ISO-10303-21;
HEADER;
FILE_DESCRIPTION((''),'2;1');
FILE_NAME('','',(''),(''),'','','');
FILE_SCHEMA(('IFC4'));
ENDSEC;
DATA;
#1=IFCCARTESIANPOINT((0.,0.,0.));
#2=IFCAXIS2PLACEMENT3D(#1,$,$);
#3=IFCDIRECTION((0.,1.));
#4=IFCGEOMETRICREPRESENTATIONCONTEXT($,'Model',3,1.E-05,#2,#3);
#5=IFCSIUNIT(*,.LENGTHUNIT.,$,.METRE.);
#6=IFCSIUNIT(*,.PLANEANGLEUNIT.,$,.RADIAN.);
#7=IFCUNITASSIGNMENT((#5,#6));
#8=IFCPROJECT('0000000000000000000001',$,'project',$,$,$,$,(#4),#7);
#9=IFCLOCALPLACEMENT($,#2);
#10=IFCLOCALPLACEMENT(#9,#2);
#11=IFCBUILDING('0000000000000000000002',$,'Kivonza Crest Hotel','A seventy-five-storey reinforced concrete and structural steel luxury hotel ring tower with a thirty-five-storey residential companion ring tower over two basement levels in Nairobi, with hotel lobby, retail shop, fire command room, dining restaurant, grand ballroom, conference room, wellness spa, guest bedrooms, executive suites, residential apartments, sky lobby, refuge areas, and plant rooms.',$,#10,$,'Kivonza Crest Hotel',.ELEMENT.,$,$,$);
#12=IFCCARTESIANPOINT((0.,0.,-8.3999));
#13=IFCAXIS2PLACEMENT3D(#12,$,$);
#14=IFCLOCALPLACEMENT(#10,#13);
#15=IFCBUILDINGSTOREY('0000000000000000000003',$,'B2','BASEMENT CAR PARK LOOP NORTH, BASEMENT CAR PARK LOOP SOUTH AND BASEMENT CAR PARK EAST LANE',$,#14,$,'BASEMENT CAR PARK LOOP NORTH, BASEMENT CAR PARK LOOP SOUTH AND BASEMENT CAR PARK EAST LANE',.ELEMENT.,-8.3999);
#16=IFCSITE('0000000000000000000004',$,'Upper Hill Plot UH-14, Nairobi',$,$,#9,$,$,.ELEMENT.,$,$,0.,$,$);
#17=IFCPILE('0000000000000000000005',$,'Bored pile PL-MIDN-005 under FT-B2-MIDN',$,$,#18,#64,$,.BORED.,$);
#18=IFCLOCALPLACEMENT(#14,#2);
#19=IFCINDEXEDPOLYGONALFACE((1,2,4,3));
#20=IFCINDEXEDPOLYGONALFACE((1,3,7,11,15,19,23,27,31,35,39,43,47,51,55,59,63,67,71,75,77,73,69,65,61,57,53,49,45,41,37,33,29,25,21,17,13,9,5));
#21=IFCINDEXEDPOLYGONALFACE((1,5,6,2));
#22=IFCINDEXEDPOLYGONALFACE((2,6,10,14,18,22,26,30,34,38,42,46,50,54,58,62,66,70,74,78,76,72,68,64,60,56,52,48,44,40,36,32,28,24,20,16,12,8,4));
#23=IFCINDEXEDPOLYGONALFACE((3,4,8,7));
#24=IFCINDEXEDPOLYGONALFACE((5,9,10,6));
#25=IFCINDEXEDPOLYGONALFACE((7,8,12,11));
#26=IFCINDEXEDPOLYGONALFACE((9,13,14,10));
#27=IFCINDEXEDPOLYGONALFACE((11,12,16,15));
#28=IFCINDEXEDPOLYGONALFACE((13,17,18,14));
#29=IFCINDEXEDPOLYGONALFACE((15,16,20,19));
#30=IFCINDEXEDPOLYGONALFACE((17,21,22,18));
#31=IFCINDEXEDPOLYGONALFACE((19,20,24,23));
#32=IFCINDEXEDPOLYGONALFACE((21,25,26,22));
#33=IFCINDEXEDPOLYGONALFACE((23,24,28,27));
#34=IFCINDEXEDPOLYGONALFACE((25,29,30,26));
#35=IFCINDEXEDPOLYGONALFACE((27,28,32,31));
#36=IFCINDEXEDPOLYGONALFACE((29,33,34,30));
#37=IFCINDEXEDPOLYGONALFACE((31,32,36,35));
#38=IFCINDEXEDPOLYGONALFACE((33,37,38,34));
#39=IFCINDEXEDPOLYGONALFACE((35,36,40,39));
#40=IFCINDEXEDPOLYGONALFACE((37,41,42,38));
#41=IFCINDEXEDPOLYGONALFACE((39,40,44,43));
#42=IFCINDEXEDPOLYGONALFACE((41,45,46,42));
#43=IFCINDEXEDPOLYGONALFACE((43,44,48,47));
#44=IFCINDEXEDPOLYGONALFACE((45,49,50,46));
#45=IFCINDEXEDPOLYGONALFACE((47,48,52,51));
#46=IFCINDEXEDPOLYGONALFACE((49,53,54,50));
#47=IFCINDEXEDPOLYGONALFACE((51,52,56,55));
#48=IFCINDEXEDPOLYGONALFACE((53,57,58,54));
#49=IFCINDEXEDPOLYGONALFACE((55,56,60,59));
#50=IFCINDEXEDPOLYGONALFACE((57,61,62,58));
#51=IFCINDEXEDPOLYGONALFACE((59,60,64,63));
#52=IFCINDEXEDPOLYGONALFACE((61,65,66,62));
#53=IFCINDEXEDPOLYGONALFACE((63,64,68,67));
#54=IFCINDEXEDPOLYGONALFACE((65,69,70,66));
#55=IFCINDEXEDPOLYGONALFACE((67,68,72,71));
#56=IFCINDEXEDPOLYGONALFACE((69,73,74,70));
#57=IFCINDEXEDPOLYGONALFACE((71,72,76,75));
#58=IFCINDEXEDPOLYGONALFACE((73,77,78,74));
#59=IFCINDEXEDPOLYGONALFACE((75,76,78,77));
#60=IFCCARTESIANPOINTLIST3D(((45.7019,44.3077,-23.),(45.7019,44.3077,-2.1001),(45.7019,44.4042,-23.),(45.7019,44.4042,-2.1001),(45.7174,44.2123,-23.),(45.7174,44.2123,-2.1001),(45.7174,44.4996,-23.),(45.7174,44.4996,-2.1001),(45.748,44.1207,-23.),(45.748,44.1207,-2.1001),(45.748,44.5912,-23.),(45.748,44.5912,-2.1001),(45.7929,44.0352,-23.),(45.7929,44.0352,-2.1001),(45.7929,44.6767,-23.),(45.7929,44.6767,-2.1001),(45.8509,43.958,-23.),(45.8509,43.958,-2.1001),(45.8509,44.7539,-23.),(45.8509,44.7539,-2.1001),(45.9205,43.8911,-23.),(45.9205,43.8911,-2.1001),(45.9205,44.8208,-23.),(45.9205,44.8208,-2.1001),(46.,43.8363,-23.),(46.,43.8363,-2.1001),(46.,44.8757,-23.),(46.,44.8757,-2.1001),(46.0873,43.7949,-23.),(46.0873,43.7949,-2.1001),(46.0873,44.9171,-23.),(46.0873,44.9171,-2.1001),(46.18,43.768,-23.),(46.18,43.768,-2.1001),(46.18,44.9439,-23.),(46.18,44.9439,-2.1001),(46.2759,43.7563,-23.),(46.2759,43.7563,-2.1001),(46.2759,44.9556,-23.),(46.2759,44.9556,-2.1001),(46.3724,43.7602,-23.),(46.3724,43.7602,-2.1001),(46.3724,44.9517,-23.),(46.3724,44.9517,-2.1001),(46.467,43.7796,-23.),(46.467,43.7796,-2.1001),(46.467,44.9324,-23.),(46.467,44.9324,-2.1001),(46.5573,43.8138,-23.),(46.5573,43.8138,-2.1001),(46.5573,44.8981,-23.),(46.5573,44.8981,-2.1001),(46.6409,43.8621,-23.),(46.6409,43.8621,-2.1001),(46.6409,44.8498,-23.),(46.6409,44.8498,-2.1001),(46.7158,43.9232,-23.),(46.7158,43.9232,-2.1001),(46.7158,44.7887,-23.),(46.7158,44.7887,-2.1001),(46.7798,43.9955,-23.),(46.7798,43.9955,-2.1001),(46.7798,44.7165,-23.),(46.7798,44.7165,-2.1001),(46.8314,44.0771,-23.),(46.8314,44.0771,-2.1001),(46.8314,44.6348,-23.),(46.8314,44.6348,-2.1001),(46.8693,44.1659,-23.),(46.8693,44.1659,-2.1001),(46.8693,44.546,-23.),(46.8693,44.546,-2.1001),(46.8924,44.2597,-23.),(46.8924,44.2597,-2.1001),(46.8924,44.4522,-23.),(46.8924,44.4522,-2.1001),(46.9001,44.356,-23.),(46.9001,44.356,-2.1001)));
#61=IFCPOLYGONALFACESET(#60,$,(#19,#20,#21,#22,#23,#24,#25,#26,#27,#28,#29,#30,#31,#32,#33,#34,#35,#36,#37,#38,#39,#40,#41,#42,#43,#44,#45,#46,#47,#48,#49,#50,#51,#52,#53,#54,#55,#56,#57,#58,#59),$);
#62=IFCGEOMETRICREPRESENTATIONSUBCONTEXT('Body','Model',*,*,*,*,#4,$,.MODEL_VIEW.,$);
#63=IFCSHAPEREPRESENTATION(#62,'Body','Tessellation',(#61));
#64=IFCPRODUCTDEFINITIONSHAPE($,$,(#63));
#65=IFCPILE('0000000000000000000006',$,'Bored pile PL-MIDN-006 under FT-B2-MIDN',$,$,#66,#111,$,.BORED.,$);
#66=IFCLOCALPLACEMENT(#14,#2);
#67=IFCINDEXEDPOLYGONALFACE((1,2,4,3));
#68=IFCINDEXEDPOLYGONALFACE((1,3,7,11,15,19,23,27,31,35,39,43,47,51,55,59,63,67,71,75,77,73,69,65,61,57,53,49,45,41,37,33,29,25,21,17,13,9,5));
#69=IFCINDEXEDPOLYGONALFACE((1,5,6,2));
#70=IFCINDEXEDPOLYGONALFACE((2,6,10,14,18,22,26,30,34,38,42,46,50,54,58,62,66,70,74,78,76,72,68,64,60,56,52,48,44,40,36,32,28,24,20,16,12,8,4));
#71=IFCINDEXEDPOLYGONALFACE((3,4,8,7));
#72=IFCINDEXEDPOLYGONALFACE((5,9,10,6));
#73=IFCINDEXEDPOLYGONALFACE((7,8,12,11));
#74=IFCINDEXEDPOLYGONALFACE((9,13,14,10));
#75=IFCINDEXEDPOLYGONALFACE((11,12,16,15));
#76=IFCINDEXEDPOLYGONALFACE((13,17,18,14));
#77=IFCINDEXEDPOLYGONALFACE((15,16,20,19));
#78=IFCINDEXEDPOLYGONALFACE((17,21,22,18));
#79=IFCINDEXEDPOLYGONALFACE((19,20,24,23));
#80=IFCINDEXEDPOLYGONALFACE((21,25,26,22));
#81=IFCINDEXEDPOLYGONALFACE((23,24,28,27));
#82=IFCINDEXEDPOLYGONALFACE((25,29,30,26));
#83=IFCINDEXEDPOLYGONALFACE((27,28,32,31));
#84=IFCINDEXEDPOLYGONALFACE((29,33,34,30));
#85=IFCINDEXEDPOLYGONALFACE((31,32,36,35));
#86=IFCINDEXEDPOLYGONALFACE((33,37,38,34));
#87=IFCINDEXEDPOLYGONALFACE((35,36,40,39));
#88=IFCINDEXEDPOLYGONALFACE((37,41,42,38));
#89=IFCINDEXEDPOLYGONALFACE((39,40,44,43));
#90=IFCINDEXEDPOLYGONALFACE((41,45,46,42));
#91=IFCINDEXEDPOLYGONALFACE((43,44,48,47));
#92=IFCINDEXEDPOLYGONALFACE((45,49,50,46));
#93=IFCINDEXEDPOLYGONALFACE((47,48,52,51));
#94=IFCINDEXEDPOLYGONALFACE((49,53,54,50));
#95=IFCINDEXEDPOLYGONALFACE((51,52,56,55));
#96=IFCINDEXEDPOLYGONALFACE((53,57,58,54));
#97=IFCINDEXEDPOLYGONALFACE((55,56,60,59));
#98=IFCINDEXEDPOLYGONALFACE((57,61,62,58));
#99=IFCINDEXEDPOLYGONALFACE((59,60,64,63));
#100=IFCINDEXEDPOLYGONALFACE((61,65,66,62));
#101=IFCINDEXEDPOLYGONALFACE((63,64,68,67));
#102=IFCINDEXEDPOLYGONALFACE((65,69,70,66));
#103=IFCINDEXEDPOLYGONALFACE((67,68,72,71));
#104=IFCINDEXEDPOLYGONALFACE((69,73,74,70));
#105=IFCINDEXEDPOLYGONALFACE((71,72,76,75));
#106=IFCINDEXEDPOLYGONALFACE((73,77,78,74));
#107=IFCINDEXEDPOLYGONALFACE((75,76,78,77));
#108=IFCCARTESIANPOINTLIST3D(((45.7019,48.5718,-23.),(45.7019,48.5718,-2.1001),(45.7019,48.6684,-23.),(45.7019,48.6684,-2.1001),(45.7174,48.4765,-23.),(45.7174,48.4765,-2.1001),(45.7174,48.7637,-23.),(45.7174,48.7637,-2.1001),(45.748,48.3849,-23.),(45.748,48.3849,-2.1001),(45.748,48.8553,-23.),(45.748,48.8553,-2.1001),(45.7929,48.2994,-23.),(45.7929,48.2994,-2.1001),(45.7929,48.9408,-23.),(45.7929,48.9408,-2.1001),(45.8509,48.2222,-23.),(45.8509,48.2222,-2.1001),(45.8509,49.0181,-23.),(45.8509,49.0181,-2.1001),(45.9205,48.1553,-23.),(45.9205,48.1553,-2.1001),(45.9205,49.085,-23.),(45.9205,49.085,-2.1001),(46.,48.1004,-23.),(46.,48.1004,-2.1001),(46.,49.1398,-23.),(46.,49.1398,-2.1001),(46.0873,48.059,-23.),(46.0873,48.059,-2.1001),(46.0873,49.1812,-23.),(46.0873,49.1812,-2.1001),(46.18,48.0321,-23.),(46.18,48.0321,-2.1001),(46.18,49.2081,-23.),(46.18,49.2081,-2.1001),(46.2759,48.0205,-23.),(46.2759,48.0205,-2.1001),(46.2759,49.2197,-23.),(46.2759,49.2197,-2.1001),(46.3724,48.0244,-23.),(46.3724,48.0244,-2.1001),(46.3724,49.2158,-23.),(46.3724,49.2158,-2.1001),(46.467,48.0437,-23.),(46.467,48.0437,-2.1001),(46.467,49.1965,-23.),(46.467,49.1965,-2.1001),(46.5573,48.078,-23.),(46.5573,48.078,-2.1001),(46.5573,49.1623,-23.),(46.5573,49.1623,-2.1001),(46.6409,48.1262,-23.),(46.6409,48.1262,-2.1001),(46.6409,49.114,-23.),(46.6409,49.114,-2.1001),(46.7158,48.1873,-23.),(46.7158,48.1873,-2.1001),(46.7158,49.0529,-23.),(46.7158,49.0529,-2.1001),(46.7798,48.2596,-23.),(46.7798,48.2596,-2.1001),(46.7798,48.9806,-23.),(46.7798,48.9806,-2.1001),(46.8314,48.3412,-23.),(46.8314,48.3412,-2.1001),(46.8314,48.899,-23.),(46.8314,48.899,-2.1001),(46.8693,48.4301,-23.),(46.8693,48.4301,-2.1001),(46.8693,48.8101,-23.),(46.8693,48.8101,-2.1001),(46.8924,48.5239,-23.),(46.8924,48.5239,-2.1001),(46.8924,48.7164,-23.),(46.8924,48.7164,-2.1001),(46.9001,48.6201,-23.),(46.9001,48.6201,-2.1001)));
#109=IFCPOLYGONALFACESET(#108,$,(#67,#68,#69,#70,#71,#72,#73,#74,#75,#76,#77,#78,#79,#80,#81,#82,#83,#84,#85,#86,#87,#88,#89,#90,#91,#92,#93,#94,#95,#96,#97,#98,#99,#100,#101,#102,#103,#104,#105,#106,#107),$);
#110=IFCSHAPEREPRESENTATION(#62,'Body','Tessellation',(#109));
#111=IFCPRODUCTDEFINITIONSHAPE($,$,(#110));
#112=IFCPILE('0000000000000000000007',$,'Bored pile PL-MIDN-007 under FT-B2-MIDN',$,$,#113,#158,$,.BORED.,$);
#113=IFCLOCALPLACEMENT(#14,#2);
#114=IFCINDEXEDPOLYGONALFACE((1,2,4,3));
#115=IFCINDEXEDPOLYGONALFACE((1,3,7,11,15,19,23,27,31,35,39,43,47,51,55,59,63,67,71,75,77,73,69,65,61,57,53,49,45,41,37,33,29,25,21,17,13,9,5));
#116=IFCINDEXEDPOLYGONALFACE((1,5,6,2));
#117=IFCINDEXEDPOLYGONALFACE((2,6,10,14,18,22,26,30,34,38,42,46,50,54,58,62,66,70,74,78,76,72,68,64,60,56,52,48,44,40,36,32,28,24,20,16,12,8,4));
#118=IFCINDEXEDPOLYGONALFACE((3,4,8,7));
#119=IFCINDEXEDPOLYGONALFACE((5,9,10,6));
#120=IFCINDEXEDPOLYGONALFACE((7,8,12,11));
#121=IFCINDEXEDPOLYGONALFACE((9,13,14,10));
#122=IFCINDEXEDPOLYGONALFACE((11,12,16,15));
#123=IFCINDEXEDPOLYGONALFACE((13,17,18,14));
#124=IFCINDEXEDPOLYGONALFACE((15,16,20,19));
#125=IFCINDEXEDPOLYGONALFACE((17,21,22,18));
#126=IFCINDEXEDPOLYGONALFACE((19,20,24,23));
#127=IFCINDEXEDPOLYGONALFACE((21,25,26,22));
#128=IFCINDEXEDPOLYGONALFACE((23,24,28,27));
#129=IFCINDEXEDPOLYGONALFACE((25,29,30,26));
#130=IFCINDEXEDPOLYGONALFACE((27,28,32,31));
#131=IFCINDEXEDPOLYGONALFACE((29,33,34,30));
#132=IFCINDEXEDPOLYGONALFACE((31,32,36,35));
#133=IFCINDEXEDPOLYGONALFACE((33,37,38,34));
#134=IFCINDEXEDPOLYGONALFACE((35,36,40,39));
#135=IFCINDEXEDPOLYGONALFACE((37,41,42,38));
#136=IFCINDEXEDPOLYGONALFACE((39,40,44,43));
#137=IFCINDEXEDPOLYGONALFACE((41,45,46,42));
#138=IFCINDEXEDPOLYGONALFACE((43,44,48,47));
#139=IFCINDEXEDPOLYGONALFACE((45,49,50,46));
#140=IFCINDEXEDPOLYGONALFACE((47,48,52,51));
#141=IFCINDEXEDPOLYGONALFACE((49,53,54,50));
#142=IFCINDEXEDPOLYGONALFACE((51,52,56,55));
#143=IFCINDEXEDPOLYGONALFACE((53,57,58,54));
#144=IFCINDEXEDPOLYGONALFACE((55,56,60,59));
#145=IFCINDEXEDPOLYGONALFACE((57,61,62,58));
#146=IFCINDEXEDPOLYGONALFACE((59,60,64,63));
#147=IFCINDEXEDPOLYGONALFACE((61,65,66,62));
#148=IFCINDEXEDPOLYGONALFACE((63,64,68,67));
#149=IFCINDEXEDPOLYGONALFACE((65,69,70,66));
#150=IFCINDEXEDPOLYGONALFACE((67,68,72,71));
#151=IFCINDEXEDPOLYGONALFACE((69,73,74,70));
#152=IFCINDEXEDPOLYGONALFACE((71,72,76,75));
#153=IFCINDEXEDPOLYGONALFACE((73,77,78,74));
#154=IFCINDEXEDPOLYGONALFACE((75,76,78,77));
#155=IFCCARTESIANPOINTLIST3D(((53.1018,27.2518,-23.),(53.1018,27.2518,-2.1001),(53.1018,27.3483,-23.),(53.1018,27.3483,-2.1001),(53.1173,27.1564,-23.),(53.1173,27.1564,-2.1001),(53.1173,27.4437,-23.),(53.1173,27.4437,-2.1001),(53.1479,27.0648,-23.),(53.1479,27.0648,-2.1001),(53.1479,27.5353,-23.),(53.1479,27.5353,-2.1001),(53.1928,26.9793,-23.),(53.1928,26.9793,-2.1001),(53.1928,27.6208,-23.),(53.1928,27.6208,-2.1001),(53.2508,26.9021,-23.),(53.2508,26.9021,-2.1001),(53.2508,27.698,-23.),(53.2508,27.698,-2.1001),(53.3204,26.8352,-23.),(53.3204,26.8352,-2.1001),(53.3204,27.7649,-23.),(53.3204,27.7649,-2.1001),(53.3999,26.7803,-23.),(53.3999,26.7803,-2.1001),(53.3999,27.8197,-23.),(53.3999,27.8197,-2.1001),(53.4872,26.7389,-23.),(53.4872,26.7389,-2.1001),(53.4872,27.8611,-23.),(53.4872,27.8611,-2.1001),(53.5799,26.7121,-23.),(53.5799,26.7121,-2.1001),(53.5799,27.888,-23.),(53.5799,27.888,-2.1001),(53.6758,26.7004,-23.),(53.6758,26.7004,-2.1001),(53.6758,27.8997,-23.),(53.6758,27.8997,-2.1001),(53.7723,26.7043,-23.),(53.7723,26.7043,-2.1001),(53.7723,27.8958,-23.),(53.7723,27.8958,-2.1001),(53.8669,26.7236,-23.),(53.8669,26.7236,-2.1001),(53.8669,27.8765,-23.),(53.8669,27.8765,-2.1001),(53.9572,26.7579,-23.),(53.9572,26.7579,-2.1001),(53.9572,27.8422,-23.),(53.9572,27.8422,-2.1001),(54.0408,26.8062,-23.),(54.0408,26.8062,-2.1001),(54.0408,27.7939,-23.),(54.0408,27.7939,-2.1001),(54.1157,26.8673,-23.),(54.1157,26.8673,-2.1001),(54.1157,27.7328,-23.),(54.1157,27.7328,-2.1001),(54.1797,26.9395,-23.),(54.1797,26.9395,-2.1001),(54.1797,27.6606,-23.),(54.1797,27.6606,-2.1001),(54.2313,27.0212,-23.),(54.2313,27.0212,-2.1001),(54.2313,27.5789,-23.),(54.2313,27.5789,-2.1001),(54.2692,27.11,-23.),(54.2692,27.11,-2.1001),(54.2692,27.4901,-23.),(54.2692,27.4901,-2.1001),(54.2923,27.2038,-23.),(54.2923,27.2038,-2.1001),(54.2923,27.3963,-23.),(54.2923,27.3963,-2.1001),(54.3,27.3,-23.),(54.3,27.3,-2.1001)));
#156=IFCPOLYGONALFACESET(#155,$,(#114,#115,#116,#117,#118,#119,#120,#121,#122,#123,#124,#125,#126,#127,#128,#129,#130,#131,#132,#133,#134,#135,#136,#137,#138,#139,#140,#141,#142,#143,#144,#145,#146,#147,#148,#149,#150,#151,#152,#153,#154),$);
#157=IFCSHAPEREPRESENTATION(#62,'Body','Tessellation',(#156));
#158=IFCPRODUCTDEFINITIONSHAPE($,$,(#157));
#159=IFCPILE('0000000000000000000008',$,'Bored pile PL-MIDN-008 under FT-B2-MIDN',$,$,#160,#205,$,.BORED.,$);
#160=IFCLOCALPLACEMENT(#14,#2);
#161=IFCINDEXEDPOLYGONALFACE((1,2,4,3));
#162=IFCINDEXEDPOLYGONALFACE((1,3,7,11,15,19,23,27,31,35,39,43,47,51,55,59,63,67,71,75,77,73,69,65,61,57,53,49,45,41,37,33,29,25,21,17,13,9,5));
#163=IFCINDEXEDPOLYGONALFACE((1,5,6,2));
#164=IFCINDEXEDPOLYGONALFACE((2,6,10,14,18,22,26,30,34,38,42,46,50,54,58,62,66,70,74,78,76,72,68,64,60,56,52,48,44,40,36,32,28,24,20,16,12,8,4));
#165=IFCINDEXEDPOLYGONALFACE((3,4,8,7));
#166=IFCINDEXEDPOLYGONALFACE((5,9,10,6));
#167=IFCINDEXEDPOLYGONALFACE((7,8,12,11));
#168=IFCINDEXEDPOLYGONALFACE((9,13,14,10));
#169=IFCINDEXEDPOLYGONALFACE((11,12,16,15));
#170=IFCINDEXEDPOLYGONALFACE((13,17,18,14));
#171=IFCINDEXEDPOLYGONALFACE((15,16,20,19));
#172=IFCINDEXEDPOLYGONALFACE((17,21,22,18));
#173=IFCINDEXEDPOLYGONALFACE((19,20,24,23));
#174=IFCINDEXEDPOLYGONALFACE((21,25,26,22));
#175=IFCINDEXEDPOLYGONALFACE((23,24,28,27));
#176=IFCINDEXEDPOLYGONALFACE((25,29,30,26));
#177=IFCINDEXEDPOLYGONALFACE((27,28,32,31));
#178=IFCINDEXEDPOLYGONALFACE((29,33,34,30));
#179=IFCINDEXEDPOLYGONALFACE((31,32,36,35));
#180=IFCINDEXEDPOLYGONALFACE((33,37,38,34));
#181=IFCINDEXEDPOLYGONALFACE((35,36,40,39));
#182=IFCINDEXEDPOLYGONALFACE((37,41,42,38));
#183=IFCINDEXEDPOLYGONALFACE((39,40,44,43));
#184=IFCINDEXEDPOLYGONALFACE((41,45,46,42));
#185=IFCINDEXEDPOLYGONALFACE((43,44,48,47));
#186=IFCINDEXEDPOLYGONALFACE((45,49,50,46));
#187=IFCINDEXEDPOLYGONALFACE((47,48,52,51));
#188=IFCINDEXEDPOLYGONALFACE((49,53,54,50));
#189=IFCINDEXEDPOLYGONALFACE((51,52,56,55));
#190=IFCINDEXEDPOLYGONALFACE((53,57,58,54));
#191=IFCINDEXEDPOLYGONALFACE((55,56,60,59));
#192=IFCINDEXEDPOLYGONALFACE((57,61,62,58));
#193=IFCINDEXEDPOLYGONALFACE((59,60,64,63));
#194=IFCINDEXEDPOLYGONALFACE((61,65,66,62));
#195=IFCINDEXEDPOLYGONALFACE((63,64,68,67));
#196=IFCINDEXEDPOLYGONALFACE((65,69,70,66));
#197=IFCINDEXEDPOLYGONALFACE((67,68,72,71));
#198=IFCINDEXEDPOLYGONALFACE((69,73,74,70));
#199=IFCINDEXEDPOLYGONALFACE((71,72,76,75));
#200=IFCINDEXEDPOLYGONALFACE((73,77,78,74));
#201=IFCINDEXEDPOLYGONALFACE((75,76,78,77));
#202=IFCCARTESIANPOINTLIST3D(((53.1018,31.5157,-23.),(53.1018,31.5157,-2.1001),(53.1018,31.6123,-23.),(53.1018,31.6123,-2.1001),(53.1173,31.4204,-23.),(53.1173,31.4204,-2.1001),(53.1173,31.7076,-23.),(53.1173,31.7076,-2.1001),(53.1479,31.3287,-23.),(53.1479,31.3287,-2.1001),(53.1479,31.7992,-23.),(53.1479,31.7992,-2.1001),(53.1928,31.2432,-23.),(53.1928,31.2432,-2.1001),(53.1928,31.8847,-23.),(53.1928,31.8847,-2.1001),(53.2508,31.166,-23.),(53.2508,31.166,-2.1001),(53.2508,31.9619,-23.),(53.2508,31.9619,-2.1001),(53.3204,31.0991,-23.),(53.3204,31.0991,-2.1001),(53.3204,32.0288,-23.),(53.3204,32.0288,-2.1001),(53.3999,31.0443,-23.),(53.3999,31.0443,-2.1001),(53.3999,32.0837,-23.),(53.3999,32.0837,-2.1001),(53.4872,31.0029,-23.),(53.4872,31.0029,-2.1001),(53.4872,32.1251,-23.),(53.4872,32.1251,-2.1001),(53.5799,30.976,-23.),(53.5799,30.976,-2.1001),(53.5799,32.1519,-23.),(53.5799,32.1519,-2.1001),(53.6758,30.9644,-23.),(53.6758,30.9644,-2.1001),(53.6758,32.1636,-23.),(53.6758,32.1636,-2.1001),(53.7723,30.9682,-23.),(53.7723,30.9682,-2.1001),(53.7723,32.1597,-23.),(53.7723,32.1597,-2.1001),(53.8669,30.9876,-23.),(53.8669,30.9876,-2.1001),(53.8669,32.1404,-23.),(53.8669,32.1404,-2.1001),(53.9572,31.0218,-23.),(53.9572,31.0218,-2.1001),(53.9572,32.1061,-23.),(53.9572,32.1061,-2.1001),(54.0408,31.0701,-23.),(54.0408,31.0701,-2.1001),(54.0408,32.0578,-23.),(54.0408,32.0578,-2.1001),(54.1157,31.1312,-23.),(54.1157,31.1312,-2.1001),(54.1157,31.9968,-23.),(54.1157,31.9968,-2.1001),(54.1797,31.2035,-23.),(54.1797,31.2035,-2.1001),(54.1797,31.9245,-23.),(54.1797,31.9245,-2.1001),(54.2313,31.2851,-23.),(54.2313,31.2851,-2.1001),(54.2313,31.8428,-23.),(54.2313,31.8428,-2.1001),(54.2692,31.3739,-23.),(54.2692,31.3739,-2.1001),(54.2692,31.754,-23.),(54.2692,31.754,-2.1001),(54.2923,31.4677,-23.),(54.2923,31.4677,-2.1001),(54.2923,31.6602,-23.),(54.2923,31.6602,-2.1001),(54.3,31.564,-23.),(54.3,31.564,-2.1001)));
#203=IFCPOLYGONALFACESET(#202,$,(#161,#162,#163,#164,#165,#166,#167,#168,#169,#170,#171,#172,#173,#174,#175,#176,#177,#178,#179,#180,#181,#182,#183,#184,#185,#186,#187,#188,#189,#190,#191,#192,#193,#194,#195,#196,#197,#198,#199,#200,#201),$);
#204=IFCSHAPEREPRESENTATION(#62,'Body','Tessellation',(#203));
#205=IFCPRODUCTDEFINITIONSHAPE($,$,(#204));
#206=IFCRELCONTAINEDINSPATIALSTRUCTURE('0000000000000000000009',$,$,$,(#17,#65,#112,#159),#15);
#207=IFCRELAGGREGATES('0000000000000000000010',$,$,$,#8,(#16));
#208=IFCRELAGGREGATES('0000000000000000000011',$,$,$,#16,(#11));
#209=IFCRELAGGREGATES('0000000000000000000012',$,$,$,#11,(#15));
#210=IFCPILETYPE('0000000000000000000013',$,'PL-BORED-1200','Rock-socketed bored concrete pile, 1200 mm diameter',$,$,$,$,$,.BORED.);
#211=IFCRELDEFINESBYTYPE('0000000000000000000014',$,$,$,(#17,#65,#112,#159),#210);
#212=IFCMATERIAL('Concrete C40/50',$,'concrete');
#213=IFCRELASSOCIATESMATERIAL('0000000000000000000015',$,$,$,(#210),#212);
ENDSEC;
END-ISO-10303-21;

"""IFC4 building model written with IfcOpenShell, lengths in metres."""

from ifc_helpers import new_model, si_unit, direction, frame, origin, origin_2d, place, context, subcontext, project, spatial, circle, extrude, material, material_profile, profile_set, type_object, element, save


model = new_model("IFC4")

# Units and contexts
model_context = context("Model", 3, precision=1e-05, world=origin(), true_north=direction((0.0, 1.0)))
body_context = subcontext(model_context, "Body", "Model", "MODEL_VIEW")
ifc_project = project(units=[si_unit("LENGTHUNIT", "METRE"), si_unit("PLANEANGLEUNIT", "RADIAN")], contexts=[model_context])

# Site, building, storey
site_placement = place(None, origin())
site = spatial("IfcSite", under=ifc_project, at=site_placement, Name="Upper Hill Plot UH-14, Nairobi", CompositionType="ELEMENT", RefElevation=0.0)
building_placement = place(site_placement, origin())
building = spatial("IfcBuilding", under=site, at=building_placement, Name="Kivonza Crest Hotel", Description="A seventy-five-storey reinforced concrete and structural steel luxury hotel ring tower with a thirty-five-storey residential companion ring tower over two basement levels in Nairobi, with hotel lobby, retail shop, fire command room, dining restaurant, grand ballroom, conference room, wellness spa, guest bedrooms, executive suites, residential apartments, sky lobby, refuge areas, and plant rooms.", LongName="Kivonza Crest Hotel", CompositionType="ELEMENT")
storey_placement = place(building_placement, frame((0.0, 0.0, -8.3999)))
storey = spatial("IfcBuildingStorey", under=building, at=storey_placement, Name="B2", Description="BASEMENT CAR PARK LOOP NORTH, BASEMENT CAR PARK LOOP SOUTH AND BASEMENT CAR PARK EAST LANE", LongName="BASEMENT CAR PARK LOOP NORTH, BASEMENT CAR PARK LOOP SOUTH AND BASEMENT CAR PARK EAST LANE", CompositionType="ELEMENT", Elevation=-8.3999)

# Piles
ifc_material_1 = material(Name="Concrete C40/50", Category="concrete")
ifc_material_profile_1 = material_profile(ifc_material_1, circle(Radius=0.6001, at=origin_2d()), Name="PILE D1200")
ifc_profile_set_1 = profile_set([ifc_material_profile_1], Name="Concrete C40/50")
pile_type_1 = type_object("IfcPileType", Name="PL-BORED-1200", Description="Rock-socketed bored concrete pile, 1200 mm diameter", PredefinedType="BORED", material=ifc_profile_set_1)
for number, where, z_axis, x_axis, name in (
    (1, (46.3, 44.356, -2.1001), (0.0, 0.0, -1.0), (1.0, 0.0, 0.0), "Bored pile PL-MIDN-005 under FT-B2-MIDN"),
    (2, (46.3, 48.6201, -2.1001), (0.0, 0.0, -1.0), (1.0, 0.0, 0.0), "Bored pile PL-MIDN-006 under FT-B2-MIDN"),
    (3, (53.7, 27.3, -2.1001), (0.0, 0.0, -1.0), (1.0, 0.0, 0.0), "Bored pile PL-MIDN-007 under FT-B2-MIDN"),
    (4, (53.7, 31.564, -2.1001), (0.0, 0.0, -1.0), (1.0, 0.0, 0.0), "Bored pile PL-MIDN-008 under FT-B2-MIDN"),
):
    element("IfcPile", number, at=place(storey_placement, frame(where, z_axis=z_axis, x_axis=x_axis)), inside=storey, type_object=pile_type_1, Name=name, PredefinedType="BORED", context=body_context, shape_type="SweptSolid", body=[
        extrude(circle(Radius=0.6001, at=origin_2d()), origin(), (0.0, 0.0, 1.0), 20.8999),
    ])

save(model, "model.ifc")
